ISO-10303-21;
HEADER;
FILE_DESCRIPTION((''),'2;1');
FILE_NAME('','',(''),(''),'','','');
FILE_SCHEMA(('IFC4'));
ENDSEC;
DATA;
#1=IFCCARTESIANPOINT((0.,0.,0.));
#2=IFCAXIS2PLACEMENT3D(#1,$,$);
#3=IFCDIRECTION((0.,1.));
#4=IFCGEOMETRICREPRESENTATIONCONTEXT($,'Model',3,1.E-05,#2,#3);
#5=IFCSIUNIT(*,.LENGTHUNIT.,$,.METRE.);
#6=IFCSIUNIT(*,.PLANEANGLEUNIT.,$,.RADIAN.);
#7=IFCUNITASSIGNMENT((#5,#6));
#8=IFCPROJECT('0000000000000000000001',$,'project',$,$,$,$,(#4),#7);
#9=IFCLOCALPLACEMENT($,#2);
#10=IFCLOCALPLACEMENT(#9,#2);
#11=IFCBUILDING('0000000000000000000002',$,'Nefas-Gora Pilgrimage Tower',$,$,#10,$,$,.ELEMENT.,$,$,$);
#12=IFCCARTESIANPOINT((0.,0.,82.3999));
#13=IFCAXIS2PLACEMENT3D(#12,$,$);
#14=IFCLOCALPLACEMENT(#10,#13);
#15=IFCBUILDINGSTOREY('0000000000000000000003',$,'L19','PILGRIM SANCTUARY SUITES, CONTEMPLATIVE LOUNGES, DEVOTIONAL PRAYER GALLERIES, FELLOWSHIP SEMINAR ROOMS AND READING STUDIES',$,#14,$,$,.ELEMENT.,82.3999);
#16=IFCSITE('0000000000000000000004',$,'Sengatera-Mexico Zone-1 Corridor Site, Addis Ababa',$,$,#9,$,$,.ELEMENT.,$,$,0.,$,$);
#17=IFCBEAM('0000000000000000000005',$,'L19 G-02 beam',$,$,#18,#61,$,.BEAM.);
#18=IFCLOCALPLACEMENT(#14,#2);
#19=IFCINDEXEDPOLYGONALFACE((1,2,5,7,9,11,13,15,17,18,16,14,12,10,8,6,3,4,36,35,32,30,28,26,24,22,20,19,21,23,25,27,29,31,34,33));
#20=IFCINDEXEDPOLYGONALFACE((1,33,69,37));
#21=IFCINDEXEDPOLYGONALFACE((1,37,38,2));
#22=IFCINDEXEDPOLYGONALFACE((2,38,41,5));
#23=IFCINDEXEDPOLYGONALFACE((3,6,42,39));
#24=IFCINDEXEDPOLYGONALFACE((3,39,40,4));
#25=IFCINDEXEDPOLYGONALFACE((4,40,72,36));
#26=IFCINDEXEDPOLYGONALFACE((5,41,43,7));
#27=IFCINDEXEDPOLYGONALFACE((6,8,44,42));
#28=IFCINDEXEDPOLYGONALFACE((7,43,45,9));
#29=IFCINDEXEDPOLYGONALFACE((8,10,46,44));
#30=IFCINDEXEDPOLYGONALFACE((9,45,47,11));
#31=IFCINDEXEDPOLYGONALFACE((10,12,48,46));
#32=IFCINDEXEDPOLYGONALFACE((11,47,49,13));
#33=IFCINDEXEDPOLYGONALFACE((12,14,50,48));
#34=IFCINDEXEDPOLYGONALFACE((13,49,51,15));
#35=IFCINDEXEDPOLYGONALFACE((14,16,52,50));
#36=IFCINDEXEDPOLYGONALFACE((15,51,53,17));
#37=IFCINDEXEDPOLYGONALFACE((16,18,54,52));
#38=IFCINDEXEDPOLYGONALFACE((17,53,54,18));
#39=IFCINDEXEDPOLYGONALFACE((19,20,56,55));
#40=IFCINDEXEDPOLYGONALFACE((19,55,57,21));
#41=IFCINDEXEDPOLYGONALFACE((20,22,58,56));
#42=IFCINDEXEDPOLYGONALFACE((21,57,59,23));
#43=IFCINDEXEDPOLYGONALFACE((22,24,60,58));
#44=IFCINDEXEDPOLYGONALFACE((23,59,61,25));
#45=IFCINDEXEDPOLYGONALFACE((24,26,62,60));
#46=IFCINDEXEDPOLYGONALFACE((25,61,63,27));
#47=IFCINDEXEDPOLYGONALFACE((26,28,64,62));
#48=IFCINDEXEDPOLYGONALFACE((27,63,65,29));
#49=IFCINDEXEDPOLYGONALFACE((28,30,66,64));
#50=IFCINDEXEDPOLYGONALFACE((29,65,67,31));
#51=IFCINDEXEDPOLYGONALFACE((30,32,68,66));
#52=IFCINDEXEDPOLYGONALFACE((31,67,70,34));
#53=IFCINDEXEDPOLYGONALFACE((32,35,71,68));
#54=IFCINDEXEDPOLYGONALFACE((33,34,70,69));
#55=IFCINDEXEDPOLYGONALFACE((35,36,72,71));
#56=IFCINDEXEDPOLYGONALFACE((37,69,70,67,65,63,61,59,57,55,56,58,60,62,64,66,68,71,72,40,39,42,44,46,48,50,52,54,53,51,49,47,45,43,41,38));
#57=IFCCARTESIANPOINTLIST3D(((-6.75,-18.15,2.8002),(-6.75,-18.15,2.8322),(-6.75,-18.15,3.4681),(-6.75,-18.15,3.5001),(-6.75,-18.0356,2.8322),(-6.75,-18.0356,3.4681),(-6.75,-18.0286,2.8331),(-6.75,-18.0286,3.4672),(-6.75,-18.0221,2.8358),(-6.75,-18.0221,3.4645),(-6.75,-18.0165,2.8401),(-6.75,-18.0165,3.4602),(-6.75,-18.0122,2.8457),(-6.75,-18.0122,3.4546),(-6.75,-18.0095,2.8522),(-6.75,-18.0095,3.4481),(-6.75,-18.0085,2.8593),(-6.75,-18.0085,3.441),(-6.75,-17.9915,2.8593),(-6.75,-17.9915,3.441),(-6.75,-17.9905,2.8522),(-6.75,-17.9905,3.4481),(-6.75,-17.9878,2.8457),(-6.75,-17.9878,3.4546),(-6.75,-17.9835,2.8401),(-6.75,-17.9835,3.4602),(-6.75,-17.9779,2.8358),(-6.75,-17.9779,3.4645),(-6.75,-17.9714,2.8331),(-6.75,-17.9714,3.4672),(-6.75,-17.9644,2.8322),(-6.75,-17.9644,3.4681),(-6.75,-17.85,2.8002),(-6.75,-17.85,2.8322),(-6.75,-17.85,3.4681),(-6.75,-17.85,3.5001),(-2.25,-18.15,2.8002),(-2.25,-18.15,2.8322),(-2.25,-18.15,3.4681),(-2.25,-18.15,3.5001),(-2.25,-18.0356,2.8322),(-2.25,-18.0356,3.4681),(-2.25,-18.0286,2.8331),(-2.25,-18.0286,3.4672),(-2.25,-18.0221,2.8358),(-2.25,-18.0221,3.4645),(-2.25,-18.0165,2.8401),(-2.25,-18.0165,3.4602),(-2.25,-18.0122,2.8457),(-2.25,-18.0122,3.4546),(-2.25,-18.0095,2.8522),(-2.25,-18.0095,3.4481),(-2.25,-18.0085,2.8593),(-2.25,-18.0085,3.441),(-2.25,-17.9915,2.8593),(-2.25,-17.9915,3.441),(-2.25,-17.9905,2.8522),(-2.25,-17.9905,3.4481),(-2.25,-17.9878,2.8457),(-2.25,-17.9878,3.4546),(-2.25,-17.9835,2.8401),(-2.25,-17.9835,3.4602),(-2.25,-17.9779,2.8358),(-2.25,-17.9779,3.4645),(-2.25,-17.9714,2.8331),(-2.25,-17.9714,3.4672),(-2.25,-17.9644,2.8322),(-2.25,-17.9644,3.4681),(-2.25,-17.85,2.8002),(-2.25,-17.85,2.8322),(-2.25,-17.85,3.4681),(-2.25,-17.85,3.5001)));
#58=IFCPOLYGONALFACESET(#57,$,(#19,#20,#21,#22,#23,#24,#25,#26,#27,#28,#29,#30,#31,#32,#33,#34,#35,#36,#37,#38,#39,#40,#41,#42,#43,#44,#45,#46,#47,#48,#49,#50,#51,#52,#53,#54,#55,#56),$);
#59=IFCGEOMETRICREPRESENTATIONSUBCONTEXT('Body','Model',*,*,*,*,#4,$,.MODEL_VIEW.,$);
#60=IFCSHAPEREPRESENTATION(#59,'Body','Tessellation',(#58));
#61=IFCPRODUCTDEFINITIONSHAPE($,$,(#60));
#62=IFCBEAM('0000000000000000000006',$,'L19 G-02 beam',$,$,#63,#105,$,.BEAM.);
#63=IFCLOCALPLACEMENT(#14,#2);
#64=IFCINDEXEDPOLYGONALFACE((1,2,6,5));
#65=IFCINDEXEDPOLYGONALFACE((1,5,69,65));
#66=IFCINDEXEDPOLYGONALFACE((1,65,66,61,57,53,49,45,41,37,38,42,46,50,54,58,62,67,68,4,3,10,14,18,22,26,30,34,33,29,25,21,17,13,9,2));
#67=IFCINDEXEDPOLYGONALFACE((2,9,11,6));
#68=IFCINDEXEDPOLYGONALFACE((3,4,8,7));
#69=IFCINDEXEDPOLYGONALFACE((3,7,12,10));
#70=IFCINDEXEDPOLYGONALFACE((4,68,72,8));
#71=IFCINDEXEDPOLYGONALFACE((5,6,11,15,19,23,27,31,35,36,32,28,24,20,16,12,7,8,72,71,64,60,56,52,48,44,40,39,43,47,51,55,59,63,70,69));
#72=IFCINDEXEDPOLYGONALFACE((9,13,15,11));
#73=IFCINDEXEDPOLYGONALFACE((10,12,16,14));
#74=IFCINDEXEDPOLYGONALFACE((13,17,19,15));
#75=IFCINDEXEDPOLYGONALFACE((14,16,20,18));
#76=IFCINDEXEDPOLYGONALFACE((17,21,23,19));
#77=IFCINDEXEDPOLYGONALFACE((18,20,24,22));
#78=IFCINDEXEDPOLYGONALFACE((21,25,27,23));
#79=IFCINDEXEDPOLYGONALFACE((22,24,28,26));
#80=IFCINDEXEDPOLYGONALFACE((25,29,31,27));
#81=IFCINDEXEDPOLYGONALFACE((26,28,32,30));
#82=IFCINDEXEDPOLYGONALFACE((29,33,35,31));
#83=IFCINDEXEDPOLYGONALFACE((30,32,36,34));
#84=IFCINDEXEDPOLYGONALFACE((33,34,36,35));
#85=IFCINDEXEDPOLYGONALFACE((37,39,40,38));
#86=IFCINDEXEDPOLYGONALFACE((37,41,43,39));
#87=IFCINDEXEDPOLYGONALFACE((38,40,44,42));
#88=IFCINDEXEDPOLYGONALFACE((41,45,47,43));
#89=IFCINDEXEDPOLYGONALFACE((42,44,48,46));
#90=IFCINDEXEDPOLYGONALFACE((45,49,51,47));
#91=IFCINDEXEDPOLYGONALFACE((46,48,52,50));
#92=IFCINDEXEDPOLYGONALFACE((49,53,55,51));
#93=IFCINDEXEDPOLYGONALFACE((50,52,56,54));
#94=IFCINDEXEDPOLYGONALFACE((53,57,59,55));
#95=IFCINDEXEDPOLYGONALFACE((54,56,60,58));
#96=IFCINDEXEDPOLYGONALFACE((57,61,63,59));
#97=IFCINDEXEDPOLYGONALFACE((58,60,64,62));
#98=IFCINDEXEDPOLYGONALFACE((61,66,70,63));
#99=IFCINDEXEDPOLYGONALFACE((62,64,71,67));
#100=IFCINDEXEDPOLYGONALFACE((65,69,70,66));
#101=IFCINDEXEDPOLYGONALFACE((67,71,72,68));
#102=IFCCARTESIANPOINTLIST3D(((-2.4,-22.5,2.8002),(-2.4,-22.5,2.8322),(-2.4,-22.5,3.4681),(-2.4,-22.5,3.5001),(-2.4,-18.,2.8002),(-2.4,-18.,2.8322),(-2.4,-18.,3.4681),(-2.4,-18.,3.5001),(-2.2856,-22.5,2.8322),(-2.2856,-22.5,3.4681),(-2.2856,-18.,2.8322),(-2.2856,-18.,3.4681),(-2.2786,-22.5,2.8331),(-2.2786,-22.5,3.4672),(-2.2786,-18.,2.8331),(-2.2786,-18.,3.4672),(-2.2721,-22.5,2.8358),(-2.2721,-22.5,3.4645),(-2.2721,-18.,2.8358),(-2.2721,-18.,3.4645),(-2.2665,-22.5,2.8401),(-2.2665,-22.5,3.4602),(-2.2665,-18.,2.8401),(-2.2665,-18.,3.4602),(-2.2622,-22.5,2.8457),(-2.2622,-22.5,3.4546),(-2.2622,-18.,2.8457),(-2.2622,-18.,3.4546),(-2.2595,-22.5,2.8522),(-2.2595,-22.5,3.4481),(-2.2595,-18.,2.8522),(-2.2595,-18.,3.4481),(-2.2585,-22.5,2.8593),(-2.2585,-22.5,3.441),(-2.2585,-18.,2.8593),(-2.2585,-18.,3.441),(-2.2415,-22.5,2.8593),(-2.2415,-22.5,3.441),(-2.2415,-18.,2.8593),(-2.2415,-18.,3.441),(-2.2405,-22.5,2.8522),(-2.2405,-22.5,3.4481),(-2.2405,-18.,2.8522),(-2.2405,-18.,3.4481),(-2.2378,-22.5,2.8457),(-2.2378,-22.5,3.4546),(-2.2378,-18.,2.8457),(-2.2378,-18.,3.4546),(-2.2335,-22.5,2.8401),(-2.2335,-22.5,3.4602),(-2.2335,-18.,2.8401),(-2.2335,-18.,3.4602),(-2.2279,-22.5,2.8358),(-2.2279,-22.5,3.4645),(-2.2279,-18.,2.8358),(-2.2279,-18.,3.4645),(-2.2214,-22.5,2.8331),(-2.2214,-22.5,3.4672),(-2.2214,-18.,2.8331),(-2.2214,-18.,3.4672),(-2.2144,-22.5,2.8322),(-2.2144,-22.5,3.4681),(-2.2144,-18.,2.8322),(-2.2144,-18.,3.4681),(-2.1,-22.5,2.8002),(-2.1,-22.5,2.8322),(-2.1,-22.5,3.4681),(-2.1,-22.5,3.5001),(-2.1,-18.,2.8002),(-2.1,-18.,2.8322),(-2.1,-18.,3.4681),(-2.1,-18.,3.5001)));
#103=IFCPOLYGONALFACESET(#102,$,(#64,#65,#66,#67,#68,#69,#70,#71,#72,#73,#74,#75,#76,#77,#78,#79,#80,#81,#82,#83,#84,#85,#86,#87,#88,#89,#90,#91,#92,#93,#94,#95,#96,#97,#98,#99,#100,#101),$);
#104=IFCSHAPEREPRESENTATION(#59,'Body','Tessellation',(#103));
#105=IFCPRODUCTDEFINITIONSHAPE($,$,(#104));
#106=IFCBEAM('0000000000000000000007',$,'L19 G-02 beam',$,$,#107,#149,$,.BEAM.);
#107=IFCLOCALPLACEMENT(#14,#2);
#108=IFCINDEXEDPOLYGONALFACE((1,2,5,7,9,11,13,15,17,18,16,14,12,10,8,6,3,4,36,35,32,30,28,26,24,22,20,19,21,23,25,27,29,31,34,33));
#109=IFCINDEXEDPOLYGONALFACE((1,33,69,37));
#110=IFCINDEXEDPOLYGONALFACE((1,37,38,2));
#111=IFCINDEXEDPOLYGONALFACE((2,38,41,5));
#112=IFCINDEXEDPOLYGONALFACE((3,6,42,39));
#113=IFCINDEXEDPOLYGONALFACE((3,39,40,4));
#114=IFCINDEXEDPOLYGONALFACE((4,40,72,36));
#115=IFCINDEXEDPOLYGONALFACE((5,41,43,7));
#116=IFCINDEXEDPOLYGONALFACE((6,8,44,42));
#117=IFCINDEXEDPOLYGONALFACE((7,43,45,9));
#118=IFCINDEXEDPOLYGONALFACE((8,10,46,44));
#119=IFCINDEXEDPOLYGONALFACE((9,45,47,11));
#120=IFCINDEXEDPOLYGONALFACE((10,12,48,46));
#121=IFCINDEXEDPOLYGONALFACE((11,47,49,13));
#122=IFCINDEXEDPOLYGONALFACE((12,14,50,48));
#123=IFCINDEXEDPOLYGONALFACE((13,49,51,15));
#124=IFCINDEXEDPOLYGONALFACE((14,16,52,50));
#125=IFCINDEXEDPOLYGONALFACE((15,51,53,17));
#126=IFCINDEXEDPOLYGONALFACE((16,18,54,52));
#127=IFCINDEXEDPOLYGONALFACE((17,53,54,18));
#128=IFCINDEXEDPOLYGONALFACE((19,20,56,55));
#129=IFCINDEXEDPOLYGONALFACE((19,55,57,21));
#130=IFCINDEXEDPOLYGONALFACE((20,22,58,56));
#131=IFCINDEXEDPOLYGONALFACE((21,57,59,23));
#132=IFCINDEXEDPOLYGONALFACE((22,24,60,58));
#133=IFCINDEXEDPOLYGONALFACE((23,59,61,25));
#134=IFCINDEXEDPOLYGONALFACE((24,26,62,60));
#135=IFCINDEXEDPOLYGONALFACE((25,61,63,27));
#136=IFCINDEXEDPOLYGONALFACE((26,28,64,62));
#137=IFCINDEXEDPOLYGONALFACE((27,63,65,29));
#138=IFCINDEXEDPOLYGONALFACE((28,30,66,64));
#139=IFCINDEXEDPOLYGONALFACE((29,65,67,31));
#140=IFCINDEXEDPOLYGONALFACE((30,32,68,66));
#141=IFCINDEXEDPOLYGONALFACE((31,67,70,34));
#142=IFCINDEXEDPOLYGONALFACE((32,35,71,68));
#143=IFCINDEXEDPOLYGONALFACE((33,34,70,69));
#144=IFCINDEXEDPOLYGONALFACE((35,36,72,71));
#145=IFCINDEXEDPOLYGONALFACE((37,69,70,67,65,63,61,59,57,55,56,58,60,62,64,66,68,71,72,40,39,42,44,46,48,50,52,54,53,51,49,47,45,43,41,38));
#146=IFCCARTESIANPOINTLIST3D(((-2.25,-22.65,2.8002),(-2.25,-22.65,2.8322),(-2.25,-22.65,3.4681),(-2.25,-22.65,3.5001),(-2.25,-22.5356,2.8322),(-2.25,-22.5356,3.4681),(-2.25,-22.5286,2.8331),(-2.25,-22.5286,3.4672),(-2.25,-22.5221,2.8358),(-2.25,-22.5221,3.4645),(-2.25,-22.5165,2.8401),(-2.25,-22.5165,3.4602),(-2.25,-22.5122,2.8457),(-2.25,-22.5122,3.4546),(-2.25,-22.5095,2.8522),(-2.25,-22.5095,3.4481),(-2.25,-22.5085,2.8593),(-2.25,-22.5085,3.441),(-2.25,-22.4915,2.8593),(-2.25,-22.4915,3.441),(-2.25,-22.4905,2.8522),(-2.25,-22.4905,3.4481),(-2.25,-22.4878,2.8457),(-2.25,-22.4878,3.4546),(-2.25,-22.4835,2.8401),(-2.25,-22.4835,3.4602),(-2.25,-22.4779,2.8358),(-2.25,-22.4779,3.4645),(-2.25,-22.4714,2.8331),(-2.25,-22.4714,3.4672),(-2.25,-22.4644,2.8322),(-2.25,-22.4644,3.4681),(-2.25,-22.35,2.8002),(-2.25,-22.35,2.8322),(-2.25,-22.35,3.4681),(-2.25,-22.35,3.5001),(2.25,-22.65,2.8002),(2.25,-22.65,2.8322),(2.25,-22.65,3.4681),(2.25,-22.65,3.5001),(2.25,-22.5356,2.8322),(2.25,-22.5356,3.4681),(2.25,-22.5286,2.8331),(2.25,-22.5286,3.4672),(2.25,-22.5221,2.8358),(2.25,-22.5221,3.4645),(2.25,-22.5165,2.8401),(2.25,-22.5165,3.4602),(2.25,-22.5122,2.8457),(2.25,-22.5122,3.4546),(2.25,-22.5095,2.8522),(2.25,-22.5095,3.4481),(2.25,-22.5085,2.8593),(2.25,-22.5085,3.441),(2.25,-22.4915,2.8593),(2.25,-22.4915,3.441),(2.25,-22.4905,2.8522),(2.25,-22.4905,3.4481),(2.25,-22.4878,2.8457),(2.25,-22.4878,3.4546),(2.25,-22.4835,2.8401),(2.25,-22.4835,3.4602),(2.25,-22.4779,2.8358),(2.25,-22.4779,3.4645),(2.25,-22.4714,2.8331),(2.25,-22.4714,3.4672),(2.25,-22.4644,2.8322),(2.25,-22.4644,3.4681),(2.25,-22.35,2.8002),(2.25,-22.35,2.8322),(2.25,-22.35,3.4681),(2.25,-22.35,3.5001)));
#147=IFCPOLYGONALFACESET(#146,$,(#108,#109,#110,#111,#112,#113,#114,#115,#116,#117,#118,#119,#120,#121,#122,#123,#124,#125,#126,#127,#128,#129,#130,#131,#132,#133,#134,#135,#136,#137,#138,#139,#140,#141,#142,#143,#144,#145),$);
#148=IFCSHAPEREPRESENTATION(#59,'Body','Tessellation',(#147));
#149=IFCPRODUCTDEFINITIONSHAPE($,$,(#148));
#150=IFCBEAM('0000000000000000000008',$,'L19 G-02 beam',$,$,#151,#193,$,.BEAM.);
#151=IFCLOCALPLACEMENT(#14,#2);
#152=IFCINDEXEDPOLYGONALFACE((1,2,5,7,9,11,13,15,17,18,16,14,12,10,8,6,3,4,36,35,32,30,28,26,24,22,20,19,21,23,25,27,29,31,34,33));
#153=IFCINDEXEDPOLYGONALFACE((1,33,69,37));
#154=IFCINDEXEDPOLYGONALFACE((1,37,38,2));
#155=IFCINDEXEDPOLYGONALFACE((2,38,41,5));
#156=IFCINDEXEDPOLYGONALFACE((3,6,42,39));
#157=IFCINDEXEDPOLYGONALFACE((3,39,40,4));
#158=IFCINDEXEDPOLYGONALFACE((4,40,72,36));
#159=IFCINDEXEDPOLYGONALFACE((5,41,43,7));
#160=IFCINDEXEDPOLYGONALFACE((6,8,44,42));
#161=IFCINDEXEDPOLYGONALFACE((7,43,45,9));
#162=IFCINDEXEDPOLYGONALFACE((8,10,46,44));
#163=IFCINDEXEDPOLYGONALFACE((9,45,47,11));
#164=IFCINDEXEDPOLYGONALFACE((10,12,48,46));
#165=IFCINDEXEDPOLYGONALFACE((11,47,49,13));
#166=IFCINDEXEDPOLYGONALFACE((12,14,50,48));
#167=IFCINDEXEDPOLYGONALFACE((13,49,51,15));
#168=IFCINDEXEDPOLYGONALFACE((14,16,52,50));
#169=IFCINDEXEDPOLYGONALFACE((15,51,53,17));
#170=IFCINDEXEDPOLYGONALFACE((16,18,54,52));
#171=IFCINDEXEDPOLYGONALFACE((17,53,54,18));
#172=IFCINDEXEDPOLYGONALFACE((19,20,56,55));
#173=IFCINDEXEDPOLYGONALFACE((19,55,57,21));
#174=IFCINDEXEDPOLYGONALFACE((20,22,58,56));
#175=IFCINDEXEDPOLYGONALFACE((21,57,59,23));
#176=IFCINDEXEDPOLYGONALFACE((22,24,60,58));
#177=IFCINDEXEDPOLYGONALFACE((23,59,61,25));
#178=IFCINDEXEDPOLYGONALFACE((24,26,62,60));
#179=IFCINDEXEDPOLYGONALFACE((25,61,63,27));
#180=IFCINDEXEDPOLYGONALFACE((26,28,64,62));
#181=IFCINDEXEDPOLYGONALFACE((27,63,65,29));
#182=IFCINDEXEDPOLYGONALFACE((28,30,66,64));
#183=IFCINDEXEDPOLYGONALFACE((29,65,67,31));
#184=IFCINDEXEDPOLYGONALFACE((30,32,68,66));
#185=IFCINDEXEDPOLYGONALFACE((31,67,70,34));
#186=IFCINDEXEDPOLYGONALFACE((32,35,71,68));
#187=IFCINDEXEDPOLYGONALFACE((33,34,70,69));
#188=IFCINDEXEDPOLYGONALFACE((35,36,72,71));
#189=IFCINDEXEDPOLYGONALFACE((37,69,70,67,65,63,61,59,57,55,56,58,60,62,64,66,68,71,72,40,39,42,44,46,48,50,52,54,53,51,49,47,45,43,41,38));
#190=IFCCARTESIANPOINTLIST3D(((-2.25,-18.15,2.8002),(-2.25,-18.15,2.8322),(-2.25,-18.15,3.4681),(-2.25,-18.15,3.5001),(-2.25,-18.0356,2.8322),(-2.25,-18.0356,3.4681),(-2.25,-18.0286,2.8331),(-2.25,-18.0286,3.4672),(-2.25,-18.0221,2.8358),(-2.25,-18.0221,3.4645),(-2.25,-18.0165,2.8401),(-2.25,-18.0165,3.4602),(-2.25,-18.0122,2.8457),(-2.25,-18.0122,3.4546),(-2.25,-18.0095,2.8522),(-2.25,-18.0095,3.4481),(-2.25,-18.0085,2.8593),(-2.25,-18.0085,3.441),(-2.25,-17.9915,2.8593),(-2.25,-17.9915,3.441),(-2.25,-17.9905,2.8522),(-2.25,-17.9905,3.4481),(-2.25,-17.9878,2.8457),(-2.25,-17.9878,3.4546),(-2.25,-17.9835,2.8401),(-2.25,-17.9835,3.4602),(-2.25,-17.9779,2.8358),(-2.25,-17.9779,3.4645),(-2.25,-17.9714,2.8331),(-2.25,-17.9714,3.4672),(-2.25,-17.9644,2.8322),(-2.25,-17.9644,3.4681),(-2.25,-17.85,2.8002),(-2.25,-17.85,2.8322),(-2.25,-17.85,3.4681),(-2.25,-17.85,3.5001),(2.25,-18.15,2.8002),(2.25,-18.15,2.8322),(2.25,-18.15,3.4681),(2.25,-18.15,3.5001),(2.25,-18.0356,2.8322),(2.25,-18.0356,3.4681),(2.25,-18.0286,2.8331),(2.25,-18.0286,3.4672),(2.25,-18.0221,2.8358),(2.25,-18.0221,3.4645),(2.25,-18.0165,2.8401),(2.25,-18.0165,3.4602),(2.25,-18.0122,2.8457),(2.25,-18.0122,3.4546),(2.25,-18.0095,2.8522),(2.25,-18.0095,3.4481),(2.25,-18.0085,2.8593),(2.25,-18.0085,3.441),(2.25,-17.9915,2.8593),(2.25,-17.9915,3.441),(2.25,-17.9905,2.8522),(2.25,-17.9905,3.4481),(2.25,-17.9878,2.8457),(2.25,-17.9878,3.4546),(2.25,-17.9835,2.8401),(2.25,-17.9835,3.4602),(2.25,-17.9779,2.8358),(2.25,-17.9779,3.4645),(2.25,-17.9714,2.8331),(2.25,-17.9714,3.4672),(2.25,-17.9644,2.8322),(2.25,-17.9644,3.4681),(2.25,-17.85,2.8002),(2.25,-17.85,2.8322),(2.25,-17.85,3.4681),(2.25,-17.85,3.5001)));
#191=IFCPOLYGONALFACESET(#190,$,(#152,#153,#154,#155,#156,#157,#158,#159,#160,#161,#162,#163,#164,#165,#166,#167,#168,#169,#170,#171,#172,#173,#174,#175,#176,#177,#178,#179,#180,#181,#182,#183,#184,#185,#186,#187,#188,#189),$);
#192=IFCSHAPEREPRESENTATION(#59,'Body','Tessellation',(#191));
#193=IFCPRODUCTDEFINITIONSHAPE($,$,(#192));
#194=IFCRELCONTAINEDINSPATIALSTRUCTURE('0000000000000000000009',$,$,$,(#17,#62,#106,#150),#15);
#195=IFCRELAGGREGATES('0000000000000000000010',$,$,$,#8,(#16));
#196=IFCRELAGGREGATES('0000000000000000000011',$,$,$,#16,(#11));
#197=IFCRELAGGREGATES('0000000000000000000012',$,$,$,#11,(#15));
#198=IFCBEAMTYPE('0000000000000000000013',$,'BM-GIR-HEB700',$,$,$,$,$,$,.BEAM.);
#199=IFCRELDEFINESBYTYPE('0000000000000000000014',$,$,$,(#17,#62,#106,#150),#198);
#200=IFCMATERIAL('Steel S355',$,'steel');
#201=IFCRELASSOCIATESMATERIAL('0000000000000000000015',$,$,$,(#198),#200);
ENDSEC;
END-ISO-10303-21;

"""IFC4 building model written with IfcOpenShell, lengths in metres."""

from ifc_helpers import new_model, si_unit, direction, frame, origin, origin_2d, place, context, subcontext, project, spatial, i_section, extrude, source, transform, mapped, material, material_profile, profile_set, type_object, element, save


model = new_model("IFC4")

# Units and contexts
model_context = context("Model", 3, precision=1e-05, world=origin(), true_north=direction((0.0, 1.0)))
body_context = subcontext(model_context, "Body", "Model", "MODEL_VIEW")
ifc_project = project(units=[si_unit("LENGTHUNIT", "METRE"), si_unit("PLANEANGLEUNIT", "RADIAN")], contexts=[model_context])

# Site, building, storey
site_placement = place(None, origin())
site = spatial("IfcSite", under=ifc_project, at=site_placement, Name="Sengatera-Mexico Zone-1 Corridor Site, Addis Ababa", CompositionType="ELEMENT", RefElevation=0.0)
building_placement = place(site_placement, origin())
building = spatial("IfcBuilding", under=site, at=building_placement, Name="Nefas-Gora Pilgrimage Tower", CompositionType="ELEMENT")
storey_placement = place(building_placement, frame((0.0, 0.0, 82.3999)))
storey = spatial("IfcBuildingStorey", under=building, at=storey_placement, Name="L19", Description="PILGRIM SANCTUARY SUITES, CONTEMPLATIVE LOUNGES, DEVOTIONAL PRAYER GALLERIES, FELLOWSHIP SEMINAR ROOMS AND READING STUDIES", CompositionType="ELEMENT", Elevation=82.3999)

# Beams
ifc_material_1 = material(Name="Steel S355", Category="steel")
ifc_material_profile_1 = material_profile(ifc_material_1, i_section(OverallWidth=0.3, OverallDepth=0.7, WebThickness=0.0171, FlangeThickness=0.032, FilletRadius=0.0271, at=origin_2d()), Name="HEB 700")
ifc_profile_set_1 = profile_set([ifc_material_profile_1], Name="Steel S355")
beam_type = type_object("IfcBeamType", Name="BM-GIR-HEB700", PredefinedType="BEAM", material=ifc_profile_set_1)
shared_shape_1 = source(origin(), body_context, "Body", "SweptSolid", [
    extrude(i_section(OverallWidth=0.3, OverallDepth=0.7, WebThickness=0.0171, FlangeThickness=0.032, FilletRadius=0.0271, at=origin_2d()), origin(), (0.0, 0.0, 1.0), 4.5),
])
for number, where, z_axis, x_axis, name in (
    (1, (-6.75, -18.0, 3.1501), (1.0, 0.0, 0.0), (0.0, 1.0, 0.0), "L19 G-02 beam"),
    (2, (-2.25, -22.5, 3.1501), (0.0, 1.0, 0.0), (-1.0, 0.0, 0.0), "L19 G-02 beam"),
    (3, (-2.25, -22.5, 3.1501), (1.0, 0.0, 0.0), (0.0, 1.0, 0.0), "L19 G-02 beam"),
    (4, (-2.25, -18.0, 3.1501), (1.0, 0.0, 0.0), (0.0, 1.0, 0.0), "L19 G-02 beam"),
):
    element("IfcBeam", number, at=place(storey_placement, frame(where, z_axis=z_axis, x_axis=x_axis)), inside=storey, type_object=beam_type, Name=name, PredefinedType="BEAM", context=body_context, shape_type="MappedRepresentation", body=[
        mapped(shared_shape_1, transform((0.0, 0.0, 0.0), x_axis=(1.0, 0.0, 0.0), y_axis=(0.0, 1.0, 0.0), z_axis=(0.0, 0.0, 1.0), scale=1.0)),
    ])

save(model, "model.ifc")
